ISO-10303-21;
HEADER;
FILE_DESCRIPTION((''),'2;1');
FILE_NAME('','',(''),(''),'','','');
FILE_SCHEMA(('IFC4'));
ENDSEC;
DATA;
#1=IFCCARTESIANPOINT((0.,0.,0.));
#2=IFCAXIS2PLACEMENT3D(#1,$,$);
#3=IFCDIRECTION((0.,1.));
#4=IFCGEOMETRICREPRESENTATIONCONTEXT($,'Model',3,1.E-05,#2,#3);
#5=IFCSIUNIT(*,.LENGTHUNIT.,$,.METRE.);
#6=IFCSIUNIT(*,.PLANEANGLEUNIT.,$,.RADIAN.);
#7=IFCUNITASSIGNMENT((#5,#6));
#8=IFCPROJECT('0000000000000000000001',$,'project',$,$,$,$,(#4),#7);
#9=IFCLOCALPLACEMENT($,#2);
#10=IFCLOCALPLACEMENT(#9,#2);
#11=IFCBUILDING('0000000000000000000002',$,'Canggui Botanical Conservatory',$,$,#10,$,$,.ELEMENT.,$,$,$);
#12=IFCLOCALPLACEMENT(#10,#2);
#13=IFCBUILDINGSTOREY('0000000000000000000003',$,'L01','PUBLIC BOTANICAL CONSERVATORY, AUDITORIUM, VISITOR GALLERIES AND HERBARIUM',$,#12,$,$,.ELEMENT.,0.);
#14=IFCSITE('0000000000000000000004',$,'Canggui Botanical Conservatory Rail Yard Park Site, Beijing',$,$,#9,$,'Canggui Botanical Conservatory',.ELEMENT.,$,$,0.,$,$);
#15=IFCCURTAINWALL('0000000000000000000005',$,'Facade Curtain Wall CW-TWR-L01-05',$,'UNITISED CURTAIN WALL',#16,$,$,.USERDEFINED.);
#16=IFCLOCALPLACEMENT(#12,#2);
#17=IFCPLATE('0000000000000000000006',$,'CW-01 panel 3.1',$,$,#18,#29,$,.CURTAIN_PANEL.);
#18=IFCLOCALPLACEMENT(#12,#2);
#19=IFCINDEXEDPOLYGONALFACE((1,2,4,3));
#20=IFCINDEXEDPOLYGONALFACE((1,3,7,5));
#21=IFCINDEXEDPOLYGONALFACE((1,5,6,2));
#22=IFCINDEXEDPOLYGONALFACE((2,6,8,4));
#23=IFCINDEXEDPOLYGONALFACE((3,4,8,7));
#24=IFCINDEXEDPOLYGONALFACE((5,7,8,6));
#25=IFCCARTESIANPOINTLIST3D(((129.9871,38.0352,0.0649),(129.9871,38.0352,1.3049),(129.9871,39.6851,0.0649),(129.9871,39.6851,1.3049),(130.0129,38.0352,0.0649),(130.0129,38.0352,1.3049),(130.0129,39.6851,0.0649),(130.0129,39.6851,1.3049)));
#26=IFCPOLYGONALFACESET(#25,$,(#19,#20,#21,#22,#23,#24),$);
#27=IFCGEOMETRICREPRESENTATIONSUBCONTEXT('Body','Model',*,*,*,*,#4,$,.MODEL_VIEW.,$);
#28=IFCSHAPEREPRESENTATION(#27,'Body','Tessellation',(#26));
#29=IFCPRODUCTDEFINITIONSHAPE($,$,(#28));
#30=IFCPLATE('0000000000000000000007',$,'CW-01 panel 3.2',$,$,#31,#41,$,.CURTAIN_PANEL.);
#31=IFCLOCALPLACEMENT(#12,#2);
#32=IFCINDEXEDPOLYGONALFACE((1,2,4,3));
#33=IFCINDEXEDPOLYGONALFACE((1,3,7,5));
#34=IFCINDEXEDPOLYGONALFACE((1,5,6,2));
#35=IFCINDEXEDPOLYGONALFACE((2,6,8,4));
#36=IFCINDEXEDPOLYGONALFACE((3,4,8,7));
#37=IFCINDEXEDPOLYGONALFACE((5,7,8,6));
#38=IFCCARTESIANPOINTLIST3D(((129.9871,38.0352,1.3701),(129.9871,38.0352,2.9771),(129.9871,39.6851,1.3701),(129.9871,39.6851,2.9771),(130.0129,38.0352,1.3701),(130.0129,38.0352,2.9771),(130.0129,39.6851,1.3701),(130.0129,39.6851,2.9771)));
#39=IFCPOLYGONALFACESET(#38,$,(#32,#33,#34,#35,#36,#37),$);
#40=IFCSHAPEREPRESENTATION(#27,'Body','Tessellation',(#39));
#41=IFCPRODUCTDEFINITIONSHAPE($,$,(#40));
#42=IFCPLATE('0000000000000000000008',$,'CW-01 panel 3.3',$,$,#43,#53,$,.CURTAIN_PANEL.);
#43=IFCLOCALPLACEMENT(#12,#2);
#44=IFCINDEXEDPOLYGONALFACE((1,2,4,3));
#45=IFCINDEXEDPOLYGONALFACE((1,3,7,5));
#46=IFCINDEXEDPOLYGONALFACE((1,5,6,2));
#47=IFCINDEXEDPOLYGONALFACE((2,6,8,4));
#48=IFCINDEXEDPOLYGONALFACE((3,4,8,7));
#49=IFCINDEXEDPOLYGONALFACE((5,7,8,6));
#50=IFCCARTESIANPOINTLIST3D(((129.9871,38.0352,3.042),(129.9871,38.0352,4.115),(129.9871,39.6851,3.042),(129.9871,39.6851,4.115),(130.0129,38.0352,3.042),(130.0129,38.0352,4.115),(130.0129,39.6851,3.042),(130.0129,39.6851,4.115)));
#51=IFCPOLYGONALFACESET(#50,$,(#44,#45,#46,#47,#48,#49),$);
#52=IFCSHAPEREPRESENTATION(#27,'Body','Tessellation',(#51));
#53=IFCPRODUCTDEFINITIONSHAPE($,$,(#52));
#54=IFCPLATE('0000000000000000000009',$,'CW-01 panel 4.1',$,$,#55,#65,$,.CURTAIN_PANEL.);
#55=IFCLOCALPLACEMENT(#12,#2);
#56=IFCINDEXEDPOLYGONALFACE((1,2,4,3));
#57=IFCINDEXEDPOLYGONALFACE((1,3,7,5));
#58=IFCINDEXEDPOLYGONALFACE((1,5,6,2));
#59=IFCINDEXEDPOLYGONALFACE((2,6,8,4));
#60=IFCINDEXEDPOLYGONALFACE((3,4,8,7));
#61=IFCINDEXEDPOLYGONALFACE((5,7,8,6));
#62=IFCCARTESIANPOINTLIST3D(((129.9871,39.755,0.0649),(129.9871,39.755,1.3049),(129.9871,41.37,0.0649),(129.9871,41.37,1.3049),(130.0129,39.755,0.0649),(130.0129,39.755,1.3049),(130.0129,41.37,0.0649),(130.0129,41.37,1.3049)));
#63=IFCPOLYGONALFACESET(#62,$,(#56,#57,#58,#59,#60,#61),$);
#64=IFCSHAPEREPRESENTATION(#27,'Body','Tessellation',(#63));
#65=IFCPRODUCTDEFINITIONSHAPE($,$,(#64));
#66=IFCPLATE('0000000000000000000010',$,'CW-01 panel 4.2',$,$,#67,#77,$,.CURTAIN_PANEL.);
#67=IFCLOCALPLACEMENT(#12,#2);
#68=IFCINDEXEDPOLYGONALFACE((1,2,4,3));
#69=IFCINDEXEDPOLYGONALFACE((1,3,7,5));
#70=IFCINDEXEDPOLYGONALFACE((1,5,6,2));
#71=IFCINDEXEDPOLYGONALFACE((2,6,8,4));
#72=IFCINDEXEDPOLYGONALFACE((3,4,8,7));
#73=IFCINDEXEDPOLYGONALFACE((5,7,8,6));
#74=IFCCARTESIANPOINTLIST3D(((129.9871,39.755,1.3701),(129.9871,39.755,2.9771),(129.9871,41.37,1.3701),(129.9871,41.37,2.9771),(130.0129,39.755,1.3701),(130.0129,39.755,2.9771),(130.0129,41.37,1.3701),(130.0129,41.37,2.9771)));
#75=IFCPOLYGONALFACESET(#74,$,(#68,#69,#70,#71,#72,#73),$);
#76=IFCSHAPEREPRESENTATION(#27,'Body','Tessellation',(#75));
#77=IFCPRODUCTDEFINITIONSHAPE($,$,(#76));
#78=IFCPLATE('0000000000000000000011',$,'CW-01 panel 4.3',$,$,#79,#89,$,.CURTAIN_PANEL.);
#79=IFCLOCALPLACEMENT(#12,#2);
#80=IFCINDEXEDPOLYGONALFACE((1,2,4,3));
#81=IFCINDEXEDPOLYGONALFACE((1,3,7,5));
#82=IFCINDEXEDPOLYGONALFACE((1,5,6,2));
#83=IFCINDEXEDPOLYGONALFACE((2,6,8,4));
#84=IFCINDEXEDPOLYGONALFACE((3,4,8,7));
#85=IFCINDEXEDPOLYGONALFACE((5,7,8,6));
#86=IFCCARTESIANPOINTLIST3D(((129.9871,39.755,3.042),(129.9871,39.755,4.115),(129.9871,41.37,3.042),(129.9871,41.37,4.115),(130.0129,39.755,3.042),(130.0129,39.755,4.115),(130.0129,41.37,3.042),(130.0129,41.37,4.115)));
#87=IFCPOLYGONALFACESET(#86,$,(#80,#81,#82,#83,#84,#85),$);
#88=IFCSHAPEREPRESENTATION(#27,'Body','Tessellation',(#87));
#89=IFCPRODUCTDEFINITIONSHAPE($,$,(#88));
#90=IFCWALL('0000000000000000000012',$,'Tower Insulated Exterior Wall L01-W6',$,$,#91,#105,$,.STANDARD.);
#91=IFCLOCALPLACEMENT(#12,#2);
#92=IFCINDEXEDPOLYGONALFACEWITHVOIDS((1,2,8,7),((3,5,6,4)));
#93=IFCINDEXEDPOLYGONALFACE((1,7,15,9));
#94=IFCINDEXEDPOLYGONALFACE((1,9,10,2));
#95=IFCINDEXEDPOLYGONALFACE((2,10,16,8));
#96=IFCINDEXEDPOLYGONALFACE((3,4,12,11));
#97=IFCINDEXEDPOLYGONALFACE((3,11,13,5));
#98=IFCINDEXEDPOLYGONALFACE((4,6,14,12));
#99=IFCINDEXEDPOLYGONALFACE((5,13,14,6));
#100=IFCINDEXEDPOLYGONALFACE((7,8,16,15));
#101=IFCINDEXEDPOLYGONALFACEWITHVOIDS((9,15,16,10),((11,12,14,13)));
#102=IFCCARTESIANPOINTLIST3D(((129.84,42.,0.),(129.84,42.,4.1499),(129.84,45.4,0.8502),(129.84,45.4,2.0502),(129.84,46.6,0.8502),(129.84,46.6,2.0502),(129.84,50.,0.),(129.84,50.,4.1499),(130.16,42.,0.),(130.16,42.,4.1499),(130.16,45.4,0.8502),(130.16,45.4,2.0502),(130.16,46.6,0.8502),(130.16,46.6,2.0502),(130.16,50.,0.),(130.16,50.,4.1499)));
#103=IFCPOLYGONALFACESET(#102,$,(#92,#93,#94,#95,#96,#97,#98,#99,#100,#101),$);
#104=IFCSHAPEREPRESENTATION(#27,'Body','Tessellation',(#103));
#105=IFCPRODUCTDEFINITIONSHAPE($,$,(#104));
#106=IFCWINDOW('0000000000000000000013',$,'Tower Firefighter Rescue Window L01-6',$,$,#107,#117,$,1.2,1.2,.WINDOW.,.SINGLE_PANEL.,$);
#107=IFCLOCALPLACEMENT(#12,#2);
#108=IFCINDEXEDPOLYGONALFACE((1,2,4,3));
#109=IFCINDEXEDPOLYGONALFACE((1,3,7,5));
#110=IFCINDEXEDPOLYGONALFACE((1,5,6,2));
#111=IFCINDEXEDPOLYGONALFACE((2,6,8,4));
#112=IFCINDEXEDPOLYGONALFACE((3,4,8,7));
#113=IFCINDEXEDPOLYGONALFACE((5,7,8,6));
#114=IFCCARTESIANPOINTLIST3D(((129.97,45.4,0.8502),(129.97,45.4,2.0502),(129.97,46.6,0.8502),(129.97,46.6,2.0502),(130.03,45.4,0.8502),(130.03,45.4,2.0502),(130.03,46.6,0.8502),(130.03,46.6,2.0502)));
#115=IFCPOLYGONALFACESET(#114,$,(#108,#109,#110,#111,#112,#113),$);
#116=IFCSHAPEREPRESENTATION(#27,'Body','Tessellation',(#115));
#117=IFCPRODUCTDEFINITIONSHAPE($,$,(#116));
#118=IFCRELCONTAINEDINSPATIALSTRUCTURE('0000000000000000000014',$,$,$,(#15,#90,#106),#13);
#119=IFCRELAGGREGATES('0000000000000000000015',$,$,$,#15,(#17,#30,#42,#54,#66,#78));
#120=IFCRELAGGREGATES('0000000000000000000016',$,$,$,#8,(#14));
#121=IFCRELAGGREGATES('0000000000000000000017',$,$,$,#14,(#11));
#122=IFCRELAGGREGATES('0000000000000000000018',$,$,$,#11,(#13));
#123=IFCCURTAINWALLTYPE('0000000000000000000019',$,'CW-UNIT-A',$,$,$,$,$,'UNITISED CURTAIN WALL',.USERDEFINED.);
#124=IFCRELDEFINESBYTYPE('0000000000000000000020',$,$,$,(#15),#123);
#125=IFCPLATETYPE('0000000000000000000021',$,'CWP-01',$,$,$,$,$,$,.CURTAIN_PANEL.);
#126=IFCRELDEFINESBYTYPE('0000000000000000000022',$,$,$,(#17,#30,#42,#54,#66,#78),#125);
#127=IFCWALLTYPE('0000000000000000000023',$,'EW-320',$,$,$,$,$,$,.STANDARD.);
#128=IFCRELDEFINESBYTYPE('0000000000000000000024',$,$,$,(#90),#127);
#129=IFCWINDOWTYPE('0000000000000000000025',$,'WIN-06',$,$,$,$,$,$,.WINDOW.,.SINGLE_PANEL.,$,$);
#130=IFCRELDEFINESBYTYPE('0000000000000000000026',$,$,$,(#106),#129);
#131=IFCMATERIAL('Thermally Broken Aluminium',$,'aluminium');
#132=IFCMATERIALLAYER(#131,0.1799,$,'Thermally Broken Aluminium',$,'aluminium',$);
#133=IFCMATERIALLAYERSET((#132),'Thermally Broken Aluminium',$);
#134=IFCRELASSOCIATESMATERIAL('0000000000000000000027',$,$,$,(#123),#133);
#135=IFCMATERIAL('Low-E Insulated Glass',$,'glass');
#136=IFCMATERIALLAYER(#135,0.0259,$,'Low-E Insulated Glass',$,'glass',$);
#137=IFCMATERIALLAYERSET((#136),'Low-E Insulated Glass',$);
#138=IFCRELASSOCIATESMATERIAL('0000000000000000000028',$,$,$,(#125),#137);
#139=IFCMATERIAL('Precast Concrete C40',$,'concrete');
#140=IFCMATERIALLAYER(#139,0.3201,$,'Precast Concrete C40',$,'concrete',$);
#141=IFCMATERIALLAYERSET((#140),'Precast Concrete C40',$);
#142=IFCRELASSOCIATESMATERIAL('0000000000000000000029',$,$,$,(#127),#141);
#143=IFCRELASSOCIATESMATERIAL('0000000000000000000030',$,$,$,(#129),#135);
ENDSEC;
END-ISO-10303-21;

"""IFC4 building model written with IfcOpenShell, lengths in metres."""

from ifc_helpers import new_model, si_unit, direction, frame, frame_2d, origin, origin_2d, place, context, subcontext, project, spatial, rectangle, extrude, material, layer, layer_set, type_object, element, fill, aggregate, save


model = new_model("IFC4")

# Units and contexts
model_context = context("Model", 3, precision=1e-05, world=origin(), true_north=direction((0.0, 1.0)))
body_context = subcontext(model_context, "Body", "Model", "MODEL_VIEW")
ifc_project = project(units=[si_unit("LENGTHUNIT", "METRE"), si_unit("PLANEANGLEUNIT", "RADIAN")], contexts=[model_context])

# Site, building, storey
site_placement = place(None, origin())
site = spatial("IfcSite", under=ifc_project, at=site_placement, Name="Canggui Botanical Conservatory Rail Yard Park Site, Beijing", LongName="Canggui Botanical Conservatory", CompositionType="ELEMENT", RefElevation=0.0)
building_placement = place(site_placement, origin())
building = spatial("IfcBuilding", under=site, at=building_placement, Name="Canggui Botanical Conservatory", CompositionType="ELEMENT")
storey_placement = place(building_placement, origin())
storey = spatial("IfcBuildingStorey", under=building, at=storey_placement, Name="L01", Description="PUBLIC BOTANICAL CONSERVATORY, AUDITORIUM, VISITOR GALLERIES AND HERBARIUM", CompositionType="ELEMENT", Elevation=0.0)

# Curtain wall, plates
ifc_material_1 = material(Name="Thermally Broken Aluminium", Category="aluminium")
ifc_layer_1 = layer(ifc_material_1, 0.1799, Name="Thermally Broken Aluminium", Category="aluminium")
ifc_layer_set_1 = layer_set([ifc_layer_1], Name="Thermally Broken Aluminium")
curtain_wall_type = type_object("IfcCurtainWallType", Name="CW-UNIT-A", ElementType="UNITISED CURTAIN WALL", PredefinedType="USERDEFINED", material=ifc_layer_set_1)
curtain_wall_placement = place(storey_placement, origin())
curtain_wall = element("IfcCurtainWall", 1, at=curtain_wall_placement, inside=storey, type_object=curtain_wall_type, Name="Facade Curtain Wall CW-TWR-L01-05", ObjectType="UNITISED CURTAIN WALL", PredefinedType="USERDEFINED")
ifc_material_2 = material(Name="Low-E Insulated Glass", Category="glass")
ifc_layer_2 = layer(ifc_material_2, 0.0259, Name="Low-E Insulated Glass", Category="glass")
ifc_layer_set_2 = layer_set([ifc_layer_2], Name="Low-E Insulated Glass")
plate_type = type_object("IfcPlateType", Name="CWP-01", PredefinedType="CURTAIN_PANEL", material=ifc_layer_set_2)
plate_1_placement = place(storey_placement, frame((130.0, 38.8601, 0.0649), z_axis=(0.0, 0.0, 1.0), x_axis=(0.0, 1.0, 0.0)))
plate_1 = element("IfcPlate", 2, at=plate_1_placement, type_object=plate_type, Name="CW-01 panel 3.1", PredefinedType="CURTAIN_PANEL", context=body_context, shape_type="SweptSolid", body=[
    extrude(rectangle(XDim=1.6499, YDim=0.0259, at=origin_2d()), origin(), (0.0, 0.0, 1.0), 1.24),
])
plate_2_placement = place(storey_placement, frame((130.0, 38.8601, 1.3701), z_axis=(0.0, 0.0, 1.0), x_axis=(0.0, 1.0, 0.0)))
plate_2 = element("IfcPlate", 3, at=plate_2_placement, type_object=plate_type, Name="CW-01 panel 3.2", PredefinedType="CURTAIN_PANEL", context=body_context, shape_type="SweptSolid", body=[
    extrude(rectangle(XDim=1.6499, YDim=0.0259, at=origin_2d()), origin(), (0.0, 0.0, 1.0), 1.6069),
])
plate_3_placement = place(storey_placement, frame((130.0, 38.8601, 3.042), z_axis=(0.0, 0.0, 1.0), x_axis=(0.0, 1.0, 0.0)))
plate_3 = element("IfcPlate", 4, at=plate_3_placement, type_object=plate_type, Name="CW-01 panel 3.3", PredefinedType="CURTAIN_PANEL", context=body_context, shape_type="SweptSolid", body=[
    extrude(rectangle(XDim=1.6499, YDim=0.0259, at=origin_2d()), origin(), (0.0, 0.0, 1.0), 1.073),
])
plate_4_placement = place(storey_placement, frame((130.0, 40.5625, 0.0649), z_axis=(0.0, 0.0, 1.0), x_axis=(0.0, 1.0, 0.0)))
plate_4 = element("IfcPlate", 5, at=plate_4_placement, type_object=plate_type, Name="CW-01 panel 4.1", PredefinedType="CURTAIN_PANEL", context=body_context, shape_type="SweptSolid", body=[
    extrude(rectangle(XDim=1.615, YDim=0.0259, at=origin_2d()), origin(), (0.0, 0.0, 1.0), 1.24),
])
plate_5_placement = place(storey_placement, frame((130.0, 40.5625, 1.3701), z_axis=(0.0, 0.0, 1.0), x_axis=(0.0, 1.0, 0.0)))
plate_5 = element("IfcPlate", 6, at=plate_5_placement, type_object=plate_type, Name="CW-01 panel 4.2", PredefinedType="CURTAIN_PANEL", context=body_context, shape_type="SweptSolid", body=[
    extrude(rectangle(XDim=1.615, YDim=0.0259, at=origin_2d()), origin(), (0.0, 0.0, 1.0), 1.6069),
])
plate_6_placement = place(storey_placement, frame((130.0, 40.5625, 3.042), z_axis=(0.0, 0.0, 1.0), x_axis=(0.0, 1.0, 0.0)))
plate_6 = element("IfcPlate", 7, at=plate_6_placement, type_object=plate_type, Name="CW-01 panel 4.3", PredefinedType="CURTAIN_PANEL", context=body_context, shape_type="SweptSolid", body=[
    extrude(rectangle(XDim=1.615, YDim=0.0259, at=origin_2d()), origin(), (0.0, 0.0, 1.0), 1.073),
])
aggregate(curtain_wall, [plate_1, plate_2, plate_3, plate_4, plate_5, plate_6])

# Wall, opening, window
ifc_material_3 = material(Name="Precast Concrete C40", Category="concrete")
ifc_layer_3 = layer(ifc_material_3, 0.3201, Name="Precast Concrete C40", Category="concrete")
ifc_layer_set_3 = layer_set([ifc_layer_3], Name="Precast Concrete C40")
wall_type = type_object("IfcWallType", Name="EW-320", PredefinedType="STANDARD", material=ifc_layer_set_3)
wall_1_placement = place(storey_placement, frame((130.0, 42.0, 0.0), z_axis=(0.0, 0.0, 1.0), x_axis=(0.0, 1.0, 0.0)))
wall_1 = element("IfcWall", 8, at=wall_1_placement, inside=storey, type_object=wall_type, Name="Tower Insulated Exterior Wall L01-W6", PredefinedType="STANDARD", context=body_context, shape_type="SweptSolid", body=[
    extrude(rectangle(XDim=8.0, YDim=0.3201, at=frame_2d((4.0, 0.0))), origin(), (0.0, 0.0, 1.0), 4.1499),
])
opening_1_placement = place(wall_1_placement, frame((3.3999, 0.0, 0.8501)))
opening_1 = element("IfcOpeningElement", 9, at=opening_1_placement, cuts=wall_1, PredefinedType="OPENING", context=body_context, shape_type="SweptSolid", body=[
    extrude(rectangle(XDim=1.2, YDim=1.2, at=frame_2d((0.6001, 0.6001))), frame((0.0, 0.1699, 0.0), z_axis=(0.0, -1.0, 0.0), x_axis=(1.0, 0.0, 0.0)), (0.0, 0.0, 1.0), 0.3401),
])
window_type = type_object("IfcWindowType", Name="WIN-06", PartitioningType="SINGLE_PANEL", PredefinedType="WINDOW", material=ifc_material_2)
window_placement = place(opening_1_placement, origin())
window = element("IfcWindow", 10, at=window_placement, inside=storey, type_object=window_type, Name="Tower Firefighter Rescue Window L01-6", OverallHeight=1.2, OverallWidth=1.2, PartitioningType="SINGLE_PANEL", PredefinedType="WINDOW", context=body_context, shape_type="SweptSolid", body=[
    extrude(rectangle(XDim=1.2, YDim=1.2, at=frame_2d((0.6001, 0.6001))), frame((0.0, 0.03, 0.0), z_axis=(0.0, -1.0, 0.0), x_axis=(1.0, 0.0, 0.0)), (0.0, 0.0, 1.0), 0.0601),
])
fill(opening_1, window)

save(model, "model.ifc")
